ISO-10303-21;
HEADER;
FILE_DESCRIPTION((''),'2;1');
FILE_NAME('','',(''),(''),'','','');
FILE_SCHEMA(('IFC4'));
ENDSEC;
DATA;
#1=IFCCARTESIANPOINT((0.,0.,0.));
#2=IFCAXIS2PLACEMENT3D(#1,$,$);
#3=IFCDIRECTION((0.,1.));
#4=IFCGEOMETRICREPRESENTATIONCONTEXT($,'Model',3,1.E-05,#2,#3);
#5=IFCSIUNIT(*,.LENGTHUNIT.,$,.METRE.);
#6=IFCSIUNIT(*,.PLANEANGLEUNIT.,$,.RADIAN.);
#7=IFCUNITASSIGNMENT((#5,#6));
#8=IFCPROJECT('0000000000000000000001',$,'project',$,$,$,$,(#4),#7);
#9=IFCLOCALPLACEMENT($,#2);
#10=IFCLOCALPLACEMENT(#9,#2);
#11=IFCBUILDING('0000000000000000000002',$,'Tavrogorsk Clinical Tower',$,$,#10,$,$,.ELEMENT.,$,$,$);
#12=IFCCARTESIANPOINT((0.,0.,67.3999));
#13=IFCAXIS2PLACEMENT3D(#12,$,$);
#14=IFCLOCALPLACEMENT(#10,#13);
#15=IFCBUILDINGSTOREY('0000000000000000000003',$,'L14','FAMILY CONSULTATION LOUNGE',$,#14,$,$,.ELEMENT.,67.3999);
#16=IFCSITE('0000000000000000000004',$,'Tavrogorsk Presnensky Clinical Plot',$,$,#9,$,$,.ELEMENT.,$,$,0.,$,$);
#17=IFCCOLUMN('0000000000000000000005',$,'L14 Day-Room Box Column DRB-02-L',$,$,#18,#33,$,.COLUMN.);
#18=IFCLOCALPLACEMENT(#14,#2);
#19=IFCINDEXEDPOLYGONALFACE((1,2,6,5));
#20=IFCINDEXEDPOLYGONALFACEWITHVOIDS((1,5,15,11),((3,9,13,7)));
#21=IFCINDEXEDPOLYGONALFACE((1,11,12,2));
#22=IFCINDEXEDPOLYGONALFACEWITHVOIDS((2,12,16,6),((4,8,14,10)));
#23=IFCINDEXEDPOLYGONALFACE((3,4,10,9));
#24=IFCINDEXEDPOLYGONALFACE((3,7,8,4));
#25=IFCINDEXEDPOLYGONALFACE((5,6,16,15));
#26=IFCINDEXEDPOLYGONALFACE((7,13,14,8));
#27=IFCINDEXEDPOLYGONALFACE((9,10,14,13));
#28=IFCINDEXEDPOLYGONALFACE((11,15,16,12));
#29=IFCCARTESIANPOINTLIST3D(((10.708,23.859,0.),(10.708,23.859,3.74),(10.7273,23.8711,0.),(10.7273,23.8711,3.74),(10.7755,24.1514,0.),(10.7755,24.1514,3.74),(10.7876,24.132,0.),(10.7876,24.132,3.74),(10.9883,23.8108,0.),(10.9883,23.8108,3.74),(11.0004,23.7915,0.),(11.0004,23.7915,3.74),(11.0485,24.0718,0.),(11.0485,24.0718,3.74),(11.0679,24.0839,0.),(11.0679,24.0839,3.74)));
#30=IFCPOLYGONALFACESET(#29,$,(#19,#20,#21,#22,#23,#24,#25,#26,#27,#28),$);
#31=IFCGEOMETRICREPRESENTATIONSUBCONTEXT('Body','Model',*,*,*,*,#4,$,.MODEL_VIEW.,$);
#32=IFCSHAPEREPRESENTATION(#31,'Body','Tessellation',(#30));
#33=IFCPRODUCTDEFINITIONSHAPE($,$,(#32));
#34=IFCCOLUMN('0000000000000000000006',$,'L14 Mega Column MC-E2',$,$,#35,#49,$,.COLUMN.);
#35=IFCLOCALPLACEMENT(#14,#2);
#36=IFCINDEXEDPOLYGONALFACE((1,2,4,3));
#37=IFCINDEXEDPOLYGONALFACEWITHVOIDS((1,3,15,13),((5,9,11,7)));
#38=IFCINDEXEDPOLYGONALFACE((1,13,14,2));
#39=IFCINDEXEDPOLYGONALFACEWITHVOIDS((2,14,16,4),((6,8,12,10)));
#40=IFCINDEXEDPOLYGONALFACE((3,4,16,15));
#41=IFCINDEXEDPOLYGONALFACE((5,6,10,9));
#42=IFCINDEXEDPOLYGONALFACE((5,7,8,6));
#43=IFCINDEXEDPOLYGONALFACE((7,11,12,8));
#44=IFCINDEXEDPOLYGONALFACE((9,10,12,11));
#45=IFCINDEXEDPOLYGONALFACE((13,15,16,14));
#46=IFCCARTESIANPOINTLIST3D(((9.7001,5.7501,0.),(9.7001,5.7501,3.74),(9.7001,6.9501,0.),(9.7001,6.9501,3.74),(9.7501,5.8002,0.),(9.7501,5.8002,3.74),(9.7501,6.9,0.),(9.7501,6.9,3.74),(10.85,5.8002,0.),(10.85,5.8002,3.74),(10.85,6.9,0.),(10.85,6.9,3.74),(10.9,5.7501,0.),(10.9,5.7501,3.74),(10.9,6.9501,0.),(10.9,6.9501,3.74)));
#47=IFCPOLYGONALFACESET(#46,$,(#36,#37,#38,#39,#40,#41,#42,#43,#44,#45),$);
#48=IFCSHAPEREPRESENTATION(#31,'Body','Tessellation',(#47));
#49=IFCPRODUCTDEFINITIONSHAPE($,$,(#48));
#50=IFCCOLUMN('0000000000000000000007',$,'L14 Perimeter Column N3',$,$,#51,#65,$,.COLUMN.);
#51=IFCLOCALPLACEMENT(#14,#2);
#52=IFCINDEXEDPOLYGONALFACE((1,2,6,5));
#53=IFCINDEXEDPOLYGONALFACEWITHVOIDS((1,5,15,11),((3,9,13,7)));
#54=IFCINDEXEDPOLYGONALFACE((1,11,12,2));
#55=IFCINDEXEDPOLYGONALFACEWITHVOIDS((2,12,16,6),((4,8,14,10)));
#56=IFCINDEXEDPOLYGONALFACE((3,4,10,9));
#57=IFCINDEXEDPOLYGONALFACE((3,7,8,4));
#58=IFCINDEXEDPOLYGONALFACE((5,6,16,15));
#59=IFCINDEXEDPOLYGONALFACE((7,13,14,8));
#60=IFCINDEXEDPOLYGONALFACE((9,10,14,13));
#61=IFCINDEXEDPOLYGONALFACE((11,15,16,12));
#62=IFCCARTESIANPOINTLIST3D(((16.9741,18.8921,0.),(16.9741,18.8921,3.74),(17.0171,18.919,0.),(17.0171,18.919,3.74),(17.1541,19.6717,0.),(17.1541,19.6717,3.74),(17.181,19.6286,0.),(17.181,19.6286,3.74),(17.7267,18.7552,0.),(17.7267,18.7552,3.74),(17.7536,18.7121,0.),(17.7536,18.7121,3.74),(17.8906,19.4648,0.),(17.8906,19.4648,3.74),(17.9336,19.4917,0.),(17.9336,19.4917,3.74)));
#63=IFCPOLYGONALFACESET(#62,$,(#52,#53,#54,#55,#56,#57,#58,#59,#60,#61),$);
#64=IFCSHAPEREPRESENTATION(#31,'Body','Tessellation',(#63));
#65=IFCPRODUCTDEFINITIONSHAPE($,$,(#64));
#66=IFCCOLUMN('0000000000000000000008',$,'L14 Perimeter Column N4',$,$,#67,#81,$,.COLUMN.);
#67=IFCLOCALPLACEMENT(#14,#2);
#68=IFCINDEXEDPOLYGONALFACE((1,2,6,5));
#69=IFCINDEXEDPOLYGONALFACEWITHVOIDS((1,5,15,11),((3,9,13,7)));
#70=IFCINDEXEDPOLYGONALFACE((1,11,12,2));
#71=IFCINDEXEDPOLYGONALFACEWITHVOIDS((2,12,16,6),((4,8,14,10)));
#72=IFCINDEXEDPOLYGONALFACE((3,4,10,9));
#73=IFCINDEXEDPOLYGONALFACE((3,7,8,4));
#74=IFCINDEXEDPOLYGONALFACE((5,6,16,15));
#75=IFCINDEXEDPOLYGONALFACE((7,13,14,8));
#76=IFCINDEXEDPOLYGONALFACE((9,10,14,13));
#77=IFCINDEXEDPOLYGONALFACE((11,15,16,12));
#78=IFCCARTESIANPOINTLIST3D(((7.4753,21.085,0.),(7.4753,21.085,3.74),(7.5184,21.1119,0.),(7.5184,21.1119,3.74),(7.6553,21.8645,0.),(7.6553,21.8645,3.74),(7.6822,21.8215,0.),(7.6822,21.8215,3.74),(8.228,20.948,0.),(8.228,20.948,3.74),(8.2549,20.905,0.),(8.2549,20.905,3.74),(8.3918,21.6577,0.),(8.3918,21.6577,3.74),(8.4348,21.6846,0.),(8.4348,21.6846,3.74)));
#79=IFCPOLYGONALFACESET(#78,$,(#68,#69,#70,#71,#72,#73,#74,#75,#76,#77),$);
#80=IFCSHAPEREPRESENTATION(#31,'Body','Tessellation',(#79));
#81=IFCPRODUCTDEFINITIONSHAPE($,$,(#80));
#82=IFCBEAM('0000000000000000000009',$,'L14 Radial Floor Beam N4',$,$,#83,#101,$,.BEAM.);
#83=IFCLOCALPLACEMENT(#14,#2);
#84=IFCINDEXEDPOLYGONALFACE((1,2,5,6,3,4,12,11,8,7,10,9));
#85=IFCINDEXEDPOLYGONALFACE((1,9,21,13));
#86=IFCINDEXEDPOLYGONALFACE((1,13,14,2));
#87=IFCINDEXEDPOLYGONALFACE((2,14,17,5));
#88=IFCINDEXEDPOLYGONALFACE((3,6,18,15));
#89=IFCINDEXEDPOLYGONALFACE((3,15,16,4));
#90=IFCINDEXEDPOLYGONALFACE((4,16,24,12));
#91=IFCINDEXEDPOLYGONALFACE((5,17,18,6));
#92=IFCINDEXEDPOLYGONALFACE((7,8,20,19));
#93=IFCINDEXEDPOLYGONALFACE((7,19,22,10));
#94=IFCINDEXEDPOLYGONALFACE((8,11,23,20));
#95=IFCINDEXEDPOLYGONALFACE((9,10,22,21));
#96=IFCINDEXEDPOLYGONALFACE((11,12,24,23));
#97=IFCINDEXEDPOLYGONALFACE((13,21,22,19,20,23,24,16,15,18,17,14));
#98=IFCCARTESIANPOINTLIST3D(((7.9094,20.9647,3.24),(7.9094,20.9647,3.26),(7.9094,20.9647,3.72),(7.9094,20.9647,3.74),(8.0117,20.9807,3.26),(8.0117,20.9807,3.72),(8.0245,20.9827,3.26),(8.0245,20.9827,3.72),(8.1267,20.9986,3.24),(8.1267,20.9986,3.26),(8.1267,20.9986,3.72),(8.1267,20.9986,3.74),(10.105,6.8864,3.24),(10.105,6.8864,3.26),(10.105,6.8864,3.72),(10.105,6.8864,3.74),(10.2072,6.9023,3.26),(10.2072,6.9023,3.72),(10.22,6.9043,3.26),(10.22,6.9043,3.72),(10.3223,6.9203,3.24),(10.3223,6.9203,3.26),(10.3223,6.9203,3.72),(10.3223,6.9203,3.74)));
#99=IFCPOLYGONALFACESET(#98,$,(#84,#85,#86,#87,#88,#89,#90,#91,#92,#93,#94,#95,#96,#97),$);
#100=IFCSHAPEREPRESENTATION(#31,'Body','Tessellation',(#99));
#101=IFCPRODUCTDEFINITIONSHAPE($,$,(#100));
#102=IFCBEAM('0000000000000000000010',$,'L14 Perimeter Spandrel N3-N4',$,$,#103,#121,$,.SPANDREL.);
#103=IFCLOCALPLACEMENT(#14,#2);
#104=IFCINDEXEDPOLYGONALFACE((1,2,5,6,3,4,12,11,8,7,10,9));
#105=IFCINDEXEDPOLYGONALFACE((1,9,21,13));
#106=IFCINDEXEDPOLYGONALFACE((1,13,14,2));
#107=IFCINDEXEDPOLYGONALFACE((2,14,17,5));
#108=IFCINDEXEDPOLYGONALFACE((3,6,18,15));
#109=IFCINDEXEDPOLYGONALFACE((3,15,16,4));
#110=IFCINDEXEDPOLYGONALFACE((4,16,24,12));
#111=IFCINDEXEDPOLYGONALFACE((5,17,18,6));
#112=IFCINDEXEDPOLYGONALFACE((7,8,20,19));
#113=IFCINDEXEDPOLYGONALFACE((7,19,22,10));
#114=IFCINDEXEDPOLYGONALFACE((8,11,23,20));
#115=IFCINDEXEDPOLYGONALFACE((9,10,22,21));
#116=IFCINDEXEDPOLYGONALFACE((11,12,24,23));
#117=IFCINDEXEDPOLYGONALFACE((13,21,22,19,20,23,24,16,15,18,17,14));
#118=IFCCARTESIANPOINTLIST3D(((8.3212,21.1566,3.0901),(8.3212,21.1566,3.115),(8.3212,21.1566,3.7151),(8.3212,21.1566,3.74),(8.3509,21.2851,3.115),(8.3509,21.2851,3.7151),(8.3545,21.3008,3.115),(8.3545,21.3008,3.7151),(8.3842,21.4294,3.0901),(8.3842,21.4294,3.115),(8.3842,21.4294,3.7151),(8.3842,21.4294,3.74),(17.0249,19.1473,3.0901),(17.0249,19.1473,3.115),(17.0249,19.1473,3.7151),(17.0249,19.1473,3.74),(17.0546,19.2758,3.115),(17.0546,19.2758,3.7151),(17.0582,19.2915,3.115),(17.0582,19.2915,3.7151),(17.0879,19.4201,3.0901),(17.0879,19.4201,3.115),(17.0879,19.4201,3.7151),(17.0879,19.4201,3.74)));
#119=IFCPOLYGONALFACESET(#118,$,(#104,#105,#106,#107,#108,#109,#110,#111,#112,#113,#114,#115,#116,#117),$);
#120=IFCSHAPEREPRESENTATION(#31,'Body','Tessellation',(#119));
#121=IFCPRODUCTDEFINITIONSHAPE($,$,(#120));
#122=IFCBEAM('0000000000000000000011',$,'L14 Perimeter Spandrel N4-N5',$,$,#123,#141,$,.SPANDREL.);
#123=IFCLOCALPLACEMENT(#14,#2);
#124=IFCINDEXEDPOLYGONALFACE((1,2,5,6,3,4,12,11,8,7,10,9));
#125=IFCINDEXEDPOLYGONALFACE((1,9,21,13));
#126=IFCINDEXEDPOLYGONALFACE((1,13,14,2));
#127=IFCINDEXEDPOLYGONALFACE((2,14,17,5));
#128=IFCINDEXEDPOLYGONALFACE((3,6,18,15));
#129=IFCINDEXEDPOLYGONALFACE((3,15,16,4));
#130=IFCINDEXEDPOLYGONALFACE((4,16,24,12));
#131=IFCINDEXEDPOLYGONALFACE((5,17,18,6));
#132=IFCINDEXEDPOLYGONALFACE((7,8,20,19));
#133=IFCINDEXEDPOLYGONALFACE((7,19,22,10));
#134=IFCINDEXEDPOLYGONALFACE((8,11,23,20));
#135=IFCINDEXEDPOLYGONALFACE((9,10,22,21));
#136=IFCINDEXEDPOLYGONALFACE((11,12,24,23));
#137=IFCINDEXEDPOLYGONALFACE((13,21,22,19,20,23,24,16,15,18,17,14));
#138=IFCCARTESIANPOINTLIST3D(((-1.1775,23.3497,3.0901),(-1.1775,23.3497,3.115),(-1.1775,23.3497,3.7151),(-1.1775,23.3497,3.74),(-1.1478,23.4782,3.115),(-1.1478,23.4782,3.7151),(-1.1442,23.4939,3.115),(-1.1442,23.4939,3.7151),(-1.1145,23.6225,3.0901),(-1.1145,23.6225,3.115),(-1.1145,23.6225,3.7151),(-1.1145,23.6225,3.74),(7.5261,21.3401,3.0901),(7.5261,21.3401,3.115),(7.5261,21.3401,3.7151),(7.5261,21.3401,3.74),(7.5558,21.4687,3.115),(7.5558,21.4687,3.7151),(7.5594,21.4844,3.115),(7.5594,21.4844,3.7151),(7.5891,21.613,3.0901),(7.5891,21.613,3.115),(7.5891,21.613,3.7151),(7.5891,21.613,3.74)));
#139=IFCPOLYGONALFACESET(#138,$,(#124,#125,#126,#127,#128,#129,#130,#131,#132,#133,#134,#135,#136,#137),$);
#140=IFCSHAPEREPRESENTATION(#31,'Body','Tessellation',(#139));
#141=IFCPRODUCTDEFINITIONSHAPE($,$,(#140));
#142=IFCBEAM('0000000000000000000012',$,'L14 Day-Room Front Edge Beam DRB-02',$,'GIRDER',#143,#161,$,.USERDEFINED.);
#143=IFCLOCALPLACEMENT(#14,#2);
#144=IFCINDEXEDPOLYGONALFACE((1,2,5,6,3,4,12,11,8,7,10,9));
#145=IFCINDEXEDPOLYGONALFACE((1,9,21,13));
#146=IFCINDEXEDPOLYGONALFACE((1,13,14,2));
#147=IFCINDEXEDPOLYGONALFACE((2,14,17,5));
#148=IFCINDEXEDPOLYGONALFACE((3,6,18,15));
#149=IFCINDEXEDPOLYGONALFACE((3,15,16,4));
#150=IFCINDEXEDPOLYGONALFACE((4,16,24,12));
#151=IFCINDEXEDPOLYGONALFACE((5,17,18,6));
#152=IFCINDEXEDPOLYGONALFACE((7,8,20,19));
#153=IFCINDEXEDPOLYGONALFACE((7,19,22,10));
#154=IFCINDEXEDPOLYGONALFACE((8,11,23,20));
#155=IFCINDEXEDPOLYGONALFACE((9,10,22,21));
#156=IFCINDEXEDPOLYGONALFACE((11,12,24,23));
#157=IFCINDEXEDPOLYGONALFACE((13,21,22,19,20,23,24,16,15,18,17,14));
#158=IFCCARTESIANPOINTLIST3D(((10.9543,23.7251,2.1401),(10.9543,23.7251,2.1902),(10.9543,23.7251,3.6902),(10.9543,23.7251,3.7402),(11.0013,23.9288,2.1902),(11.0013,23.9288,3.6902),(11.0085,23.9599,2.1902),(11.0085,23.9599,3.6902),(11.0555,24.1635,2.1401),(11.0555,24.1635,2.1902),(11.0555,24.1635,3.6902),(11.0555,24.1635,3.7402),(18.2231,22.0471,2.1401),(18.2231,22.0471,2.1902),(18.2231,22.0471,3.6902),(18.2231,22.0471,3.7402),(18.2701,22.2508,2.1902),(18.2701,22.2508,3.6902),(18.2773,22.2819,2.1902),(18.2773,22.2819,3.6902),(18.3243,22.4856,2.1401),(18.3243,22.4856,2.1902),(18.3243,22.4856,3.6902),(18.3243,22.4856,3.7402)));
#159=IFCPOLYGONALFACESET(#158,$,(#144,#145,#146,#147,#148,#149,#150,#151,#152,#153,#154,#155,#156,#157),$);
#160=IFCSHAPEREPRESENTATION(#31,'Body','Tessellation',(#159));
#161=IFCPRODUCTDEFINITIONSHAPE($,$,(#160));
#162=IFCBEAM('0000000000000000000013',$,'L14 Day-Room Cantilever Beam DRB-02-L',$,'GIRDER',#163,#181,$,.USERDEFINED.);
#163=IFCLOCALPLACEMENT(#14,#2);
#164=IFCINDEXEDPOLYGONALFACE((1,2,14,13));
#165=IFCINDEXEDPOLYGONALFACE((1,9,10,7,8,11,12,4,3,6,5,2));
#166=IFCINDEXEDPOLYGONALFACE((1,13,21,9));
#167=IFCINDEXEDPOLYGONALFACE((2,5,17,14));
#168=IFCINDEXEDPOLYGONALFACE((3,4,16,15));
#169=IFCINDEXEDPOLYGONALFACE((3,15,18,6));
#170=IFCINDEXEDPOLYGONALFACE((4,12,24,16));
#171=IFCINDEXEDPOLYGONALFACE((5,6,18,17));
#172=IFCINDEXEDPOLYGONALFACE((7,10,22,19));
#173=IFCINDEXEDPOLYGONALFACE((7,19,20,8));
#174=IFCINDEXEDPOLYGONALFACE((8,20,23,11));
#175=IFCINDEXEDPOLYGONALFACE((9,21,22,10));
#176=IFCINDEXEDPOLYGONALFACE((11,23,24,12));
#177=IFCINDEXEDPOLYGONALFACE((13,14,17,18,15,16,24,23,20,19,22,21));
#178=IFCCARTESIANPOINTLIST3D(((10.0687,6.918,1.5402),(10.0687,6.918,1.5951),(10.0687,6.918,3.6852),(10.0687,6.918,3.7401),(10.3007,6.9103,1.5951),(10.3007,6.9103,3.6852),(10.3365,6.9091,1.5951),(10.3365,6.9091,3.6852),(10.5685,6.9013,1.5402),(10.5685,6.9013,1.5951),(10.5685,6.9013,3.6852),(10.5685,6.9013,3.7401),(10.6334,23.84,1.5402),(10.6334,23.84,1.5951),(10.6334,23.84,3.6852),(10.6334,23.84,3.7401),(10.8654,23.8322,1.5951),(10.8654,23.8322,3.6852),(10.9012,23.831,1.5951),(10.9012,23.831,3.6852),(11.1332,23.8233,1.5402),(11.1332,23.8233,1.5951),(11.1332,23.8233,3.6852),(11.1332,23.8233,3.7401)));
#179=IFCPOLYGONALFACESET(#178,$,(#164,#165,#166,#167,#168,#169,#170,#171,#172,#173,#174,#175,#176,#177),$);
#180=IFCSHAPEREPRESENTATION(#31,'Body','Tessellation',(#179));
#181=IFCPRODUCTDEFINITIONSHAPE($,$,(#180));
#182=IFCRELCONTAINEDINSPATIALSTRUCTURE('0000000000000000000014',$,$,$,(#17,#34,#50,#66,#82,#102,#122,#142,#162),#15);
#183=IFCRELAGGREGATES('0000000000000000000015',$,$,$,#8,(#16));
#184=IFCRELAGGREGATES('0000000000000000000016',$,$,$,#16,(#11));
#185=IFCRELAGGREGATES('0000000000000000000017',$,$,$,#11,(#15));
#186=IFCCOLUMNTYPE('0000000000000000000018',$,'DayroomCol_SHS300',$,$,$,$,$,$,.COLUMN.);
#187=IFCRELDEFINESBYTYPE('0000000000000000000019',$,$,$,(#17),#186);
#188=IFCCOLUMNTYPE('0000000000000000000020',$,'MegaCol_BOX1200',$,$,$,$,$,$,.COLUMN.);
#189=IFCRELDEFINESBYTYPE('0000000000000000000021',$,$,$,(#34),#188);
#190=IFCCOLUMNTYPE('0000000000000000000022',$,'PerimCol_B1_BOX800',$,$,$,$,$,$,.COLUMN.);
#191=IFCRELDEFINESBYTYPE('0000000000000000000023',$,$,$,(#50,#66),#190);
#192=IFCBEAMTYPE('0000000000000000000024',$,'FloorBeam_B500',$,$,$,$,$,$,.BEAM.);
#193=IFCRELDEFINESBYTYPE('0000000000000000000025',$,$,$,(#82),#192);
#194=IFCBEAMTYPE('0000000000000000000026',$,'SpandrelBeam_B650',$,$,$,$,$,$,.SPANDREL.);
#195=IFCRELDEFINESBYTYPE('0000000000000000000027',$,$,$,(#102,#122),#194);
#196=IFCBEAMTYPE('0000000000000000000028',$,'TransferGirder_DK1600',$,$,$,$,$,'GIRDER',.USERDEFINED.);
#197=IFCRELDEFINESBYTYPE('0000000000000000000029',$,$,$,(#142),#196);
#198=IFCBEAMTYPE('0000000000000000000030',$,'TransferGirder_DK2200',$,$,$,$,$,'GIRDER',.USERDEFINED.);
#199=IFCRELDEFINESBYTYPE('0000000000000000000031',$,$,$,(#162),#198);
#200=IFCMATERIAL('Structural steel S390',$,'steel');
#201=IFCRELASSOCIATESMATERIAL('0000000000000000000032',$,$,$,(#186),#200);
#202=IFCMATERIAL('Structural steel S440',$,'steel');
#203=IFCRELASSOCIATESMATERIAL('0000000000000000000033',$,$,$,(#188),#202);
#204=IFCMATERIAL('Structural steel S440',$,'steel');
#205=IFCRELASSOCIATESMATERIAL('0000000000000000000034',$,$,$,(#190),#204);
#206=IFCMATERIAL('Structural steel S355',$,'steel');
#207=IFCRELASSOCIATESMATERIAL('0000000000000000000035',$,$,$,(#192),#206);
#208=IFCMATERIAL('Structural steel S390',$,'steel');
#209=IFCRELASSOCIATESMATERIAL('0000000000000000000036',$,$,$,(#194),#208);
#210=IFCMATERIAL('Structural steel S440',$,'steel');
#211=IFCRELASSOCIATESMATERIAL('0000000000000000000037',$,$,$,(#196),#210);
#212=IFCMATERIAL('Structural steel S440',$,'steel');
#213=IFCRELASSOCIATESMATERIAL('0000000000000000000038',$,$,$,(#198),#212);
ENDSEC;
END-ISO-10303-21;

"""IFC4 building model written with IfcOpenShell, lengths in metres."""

from ifc_helpers import new_model, si_unit, direction, frame, origin, origin_2d, place, context, subcontext, project, spatial, hollow_rectangle, i_section, extrude, material, material_profile, profile_set, type_object, element, save


model = new_model("IFC4")

# Units and contexts
model_context = context("Model", 3, precision=1e-05, world=origin(), true_north=direction((0.0, 1.0)))
body_context = subcontext(model_context, "Body", "Model", "MODEL_VIEW")
ifc_project = project(units=[si_unit("LENGTHUNIT", "METRE"), si_unit("PLANEANGLEUNIT", "RADIAN")], contexts=[model_context])

# Site, building, storey
site_placement = place(None, origin())
site = spatial("IfcSite", under=ifc_project, at=site_placement, Name="Tavrogorsk Presnensky Clinical Plot", CompositionType="ELEMENT", RefElevation=0.0)
building_placement = place(site_placement, origin())
building = spatial("IfcBuilding", under=site, at=building_placement, Name="Tavrogorsk Clinical Tower", CompositionType="ELEMENT")
storey_placement = place(building_placement, frame((0.0, 0.0, 67.3999)))
storey = spatial("IfcBuildingStorey", under=building, at=storey_placement, Name="L14", Description="FAMILY CONSULTATION LOUNGE", CompositionType="ELEMENT", Elevation=67.3999)

# Columns
ifc_material_1 = material(Name="Structural steel S390", Category="steel")
ifc_material_profile_1 = material_profile(ifc_material_1, hollow_rectangle(XDim=0.3, YDim=0.3, WallThickness=0.0161, at=origin_2d()), Name="SHS-300x300x16")
ifc_profile_set_1 = profile_set([ifc_material_profile_1], Name="Structural steel S390")
column_type_1 = type_object("IfcColumnType", Name="DayroomCol_SHS300", PredefinedType="COLUMN", material=ifc_profile_set_1)
column_1_placement = place(storey_placement, frame((10.8879, 23.9714, 0.0), z_axis=(0.0, 0.0, 1.0), x_axis=(0.97437, -0.224951, 0.0)))
element("IfcColumn", 1, at=column_1_placement, inside=storey, type_object=column_type_1, Name="L14 Day-Room Box Column DRB-02-L", PredefinedType="COLUMN", context=body_context, shape_type="SweptSolid", body=[
    extrude(hollow_rectangle(XDim=0.3, YDim=0.3, WallThickness=0.0161, at=origin_2d()), origin(), (0.0, 0.0, 1.0), 3.74),
])
ifc_material_2 = material(Name="Structural steel S440", Category="steel")
ifc_material_profile_2 = material_profile(ifc_material_2, hollow_rectangle(XDim=1.2, YDim=1.2, WallThickness=0.05, at=origin_2d()), Name="BOX-1200x1200x50")
ifc_profile_set_2 = profile_set([ifc_material_profile_2], Name="Structural steel S440")
column_type_2 = type_object("IfcColumnType", Name="MegaCol_BOX1200", PredefinedType="COLUMN", material=ifc_profile_set_2)
column_2_placement = place(storey_placement, frame((10.3, 6.3501, 0.0), z_axis=(0.0, 0.0, 1.0), x_axis=(1.0, 0.0, 0.0)))
element("IfcColumn", 2, at=column_2_placement, inside=storey, type_object=column_type_2, Name="L14 Mega Column MC-E2", PredefinedType="COLUMN", context=body_context, shape_type="SweptSolid", body=[
    extrude(hollow_rectangle(XDim=1.2, YDim=1.2, WallThickness=0.05, at=origin_2d()), origin(), (0.0, 0.0, 1.0), 3.74),
])
ifc_material_3 = material(Name="Structural steel S440", Category="steel")
ifc_material_profile_3 = material_profile(ifc_material_3, hollow_rectangle(XDim=0.8, YDim=0.8, WallThickness=0.0359, at=origin_2d()), Name="BOX-800x800x36")
ifc_profile_set_3 = profile_set([ifc_material_profile_3], Name="Structural steel S440")
column_type_3 = type_object("IfcColumnType", Name="PerimCol_B1_BOX800", PredefinedType="COLUMN", material=ifc_profile_set_3)
for number, where, z_axis, x_axis, name in (
    (3, (17.4539, 19.1919, 0.0), (0.0, 0.0, 1.0), (0.97437, -0.224951, 0.0), "L14 Perimeter Column N3"),
    (4, (7.9551, 21.3848, 0.0), (0.0, 0.0, 1.0), (0.97437, -0.224951, 0.0), "L14 Perimeter Column N4"),
):
    element("IfcColumn", number, at=place(storey_placement, frame(where, z_axis=z_axis, x_axis=x_axis)), inside=storey, type_object=column_type_3, Name=name, PredefinedType="COLUMN", context=body_context, shape_type="SweptSolid", body=[
        extrude(hollow_rectangle(XDim=0.8, YDim=0.8, WallThickness=0.0359, at=origin_2d()), origin(), (0.0, 0.0, 1.0), 3.74),
    ])

# Beams
ifc_material_4 = material(Name="Structural steel S355", Category="steel")
ifc_material_profile_4 = material_profile(ifc_material_4, i_section(OverallWidth=0.22, OverallDepth=0.5, WebThickness=0.0129, FlangeThickness=0.02, at=origin_2d()), Name="B-500x220x13x20")
ifc_profile_set_4 = profile_set([ifc_material_profile_4], Name="Structural steel S355")
beam_type_1 = type_object("IfcBeamType", Name="FloorBeam_B500", PredefinedType="BEAM", material=ifc_profile_set_4)
beam_1_placement = place(storey_placement, frame((10.2136, 6.9033, 3.49), z_axis=(-0.15409, 0.988057, 0.0), x_axis=(-0.988057, -0.15409, 0.0)))
element("IfcBeam", 5, at=beam_1_placement, inside=storey, type_object=beam_type_1, Name="L14 Radial Floor Beam N4", PredefinedType="BEAM", context=body_context, shape_type="SweptSolid", body=[
    extrude(i_section(OverallWidth=0.22, OverallDepth=0.5, WebThickness=0.0129, FlangeThickness=0.02, at=origin_2d()), origin(), (0.0, 0.0, 1.0), 14.2485),
])
ifc_material_5 = material(Name="Structural steel S390", Category="steel")
ifc_material_profile_5 = material_profile(ifc_material_5, i_section(OverallWidth=0.28, OverallDepth=0.6499, WebThickness=0.0161, FlangeThickness=0.0249, at=origin_2d()), Name="B-650x280x16x25")
ifc_profile_set_5 = profile_set([ifc_material_profile_5], Name="Structural steel S390")
beam_type_2 = type_object("IfcBeamType", Name="SpandrelBeam_B650", PredefinedType="SPANDREL", material=ifc_profile_set_5)
for number, where, z_axis, x_axis, name in (
    (6, (17.0564, 19.2837, 3.415), (-0.974373, 0.224939, 0.0), (-0.224939, -0.974373, 0.0), "L14 Perimeter Spandrel N3-N4"),
    (7, (7.5576, 21.4766, 3.415), (-0.974367, 0.224965, 0.0), (-0.224965, -0.974367, 0.0), "L14 Perimeter Spandrel N4-N5"),
):
    element("IfcBeam", number, at=place(storey_placement, frame(where, z_axis=z_axis, x_axis=x_axis)), inside=storey, type_object=beam_type_2, Name=name, PredefinedType="SPANDREL", context=body_context, shape_type="SweptSolid", body=[
        extrude(i_section(OverallWidth=0.28, OverallDepth=0.6499, WebThickness=0.0161, FlangeThickness=0.0249, at=origin_2d()), origin(), (0.0, 0.0, 1.0), 8.9326),
    ])
ifc_material_6 = material(Name="Structural steel S440", Category="steel")
ifc_material_profile_6 = material_profile(ifc_material_6, i_section(OverallWidth=0.45, OverallDepth=1.6001, WebThickness=0.032, FlangeThickness=0.05, at=origin_2d()), Name="DK-1600x450x32x50")
ifc_profile_set_6 = profile_set([ifc_material_profile_6], Name="Structural steel S440")
beam_type_3 = type_object("IfcBeamType", Name="TransferGirder_DK1600", ElementType="GIRDER", PredefinedType="USERDEFINED", material=ifc_profile_set_6)
beam_2_placement = place(storey_placement, frame((11.0049, 23.9443, 2.9402), z_axis=(0.974375, -0.224931, 0.0), x_axis=(0.224931, 0.974375, 0.0)))
element("IfcBeam", 8, at=beam_2_placement, inside=storey, type_object=beam_type_3, Name="L14 Day-Room Front Edge Beam DRB-02", ObjectType="GIRDER", PredefinedType="USERDEFINED", context=body_context, shape_type="SweptSolid", body=[
    extrude(i_section(OverallWidth=0.45, OverallDepth=1.6001, WebThickness=0.032, FlangeThickness=0.05, at=origin_2d()), origin(), (0.0, 0.0, 1.0), 7.46),
])
ifc_material_7 = material(Name="Structural steel S440", Category="steel")
ifc_material_profile_7 = material_profile(ifc_material_7, i_section(OverallWidth=0.5, OverallDepth=2.2, WebThickness=0.0359, FlangeThickness=0.0549, at=origin_2d()), Name="DK-2200x500x36x55")
ifc_profile_set_7 = profile_set([ifc_material_profile_7], Name="Structural steel S440")
beam_type_4 = type_object("IfcBeamType", Name="TransferGirder_DK2200", ElementType="GIRDER", PredefinedType="USERDEFINED", material=ifc_profile_set_7)
beam_3_placement = place(storey_placement, frame((10.3186, 6.9097, 2.6401), z_axis=(0.033352, 0.999444, 0.0), x_axis=(-0.999444, 0.033352, 0.0)))
element("IfcBeam", 9, at=beam_3_placement, inside=storey, type_object=beam_type_4, Name="L14 Day-Room Cantilever Beam DRB-02-L", ObjectType="GIRDER", PredefinedType="USERDEFINED", context=body_context, shape_type="SweptSolid", body=[
    extrude(i_section(OverallWidth=0.5, OverallDepth=2.2, WebThickness=0.0359, FlangeThickness=0.0549, at=origin_2d()), origin(), (0.0, 0.0, 1.0), 16.9314),
])

save(model, "model.ifc")
